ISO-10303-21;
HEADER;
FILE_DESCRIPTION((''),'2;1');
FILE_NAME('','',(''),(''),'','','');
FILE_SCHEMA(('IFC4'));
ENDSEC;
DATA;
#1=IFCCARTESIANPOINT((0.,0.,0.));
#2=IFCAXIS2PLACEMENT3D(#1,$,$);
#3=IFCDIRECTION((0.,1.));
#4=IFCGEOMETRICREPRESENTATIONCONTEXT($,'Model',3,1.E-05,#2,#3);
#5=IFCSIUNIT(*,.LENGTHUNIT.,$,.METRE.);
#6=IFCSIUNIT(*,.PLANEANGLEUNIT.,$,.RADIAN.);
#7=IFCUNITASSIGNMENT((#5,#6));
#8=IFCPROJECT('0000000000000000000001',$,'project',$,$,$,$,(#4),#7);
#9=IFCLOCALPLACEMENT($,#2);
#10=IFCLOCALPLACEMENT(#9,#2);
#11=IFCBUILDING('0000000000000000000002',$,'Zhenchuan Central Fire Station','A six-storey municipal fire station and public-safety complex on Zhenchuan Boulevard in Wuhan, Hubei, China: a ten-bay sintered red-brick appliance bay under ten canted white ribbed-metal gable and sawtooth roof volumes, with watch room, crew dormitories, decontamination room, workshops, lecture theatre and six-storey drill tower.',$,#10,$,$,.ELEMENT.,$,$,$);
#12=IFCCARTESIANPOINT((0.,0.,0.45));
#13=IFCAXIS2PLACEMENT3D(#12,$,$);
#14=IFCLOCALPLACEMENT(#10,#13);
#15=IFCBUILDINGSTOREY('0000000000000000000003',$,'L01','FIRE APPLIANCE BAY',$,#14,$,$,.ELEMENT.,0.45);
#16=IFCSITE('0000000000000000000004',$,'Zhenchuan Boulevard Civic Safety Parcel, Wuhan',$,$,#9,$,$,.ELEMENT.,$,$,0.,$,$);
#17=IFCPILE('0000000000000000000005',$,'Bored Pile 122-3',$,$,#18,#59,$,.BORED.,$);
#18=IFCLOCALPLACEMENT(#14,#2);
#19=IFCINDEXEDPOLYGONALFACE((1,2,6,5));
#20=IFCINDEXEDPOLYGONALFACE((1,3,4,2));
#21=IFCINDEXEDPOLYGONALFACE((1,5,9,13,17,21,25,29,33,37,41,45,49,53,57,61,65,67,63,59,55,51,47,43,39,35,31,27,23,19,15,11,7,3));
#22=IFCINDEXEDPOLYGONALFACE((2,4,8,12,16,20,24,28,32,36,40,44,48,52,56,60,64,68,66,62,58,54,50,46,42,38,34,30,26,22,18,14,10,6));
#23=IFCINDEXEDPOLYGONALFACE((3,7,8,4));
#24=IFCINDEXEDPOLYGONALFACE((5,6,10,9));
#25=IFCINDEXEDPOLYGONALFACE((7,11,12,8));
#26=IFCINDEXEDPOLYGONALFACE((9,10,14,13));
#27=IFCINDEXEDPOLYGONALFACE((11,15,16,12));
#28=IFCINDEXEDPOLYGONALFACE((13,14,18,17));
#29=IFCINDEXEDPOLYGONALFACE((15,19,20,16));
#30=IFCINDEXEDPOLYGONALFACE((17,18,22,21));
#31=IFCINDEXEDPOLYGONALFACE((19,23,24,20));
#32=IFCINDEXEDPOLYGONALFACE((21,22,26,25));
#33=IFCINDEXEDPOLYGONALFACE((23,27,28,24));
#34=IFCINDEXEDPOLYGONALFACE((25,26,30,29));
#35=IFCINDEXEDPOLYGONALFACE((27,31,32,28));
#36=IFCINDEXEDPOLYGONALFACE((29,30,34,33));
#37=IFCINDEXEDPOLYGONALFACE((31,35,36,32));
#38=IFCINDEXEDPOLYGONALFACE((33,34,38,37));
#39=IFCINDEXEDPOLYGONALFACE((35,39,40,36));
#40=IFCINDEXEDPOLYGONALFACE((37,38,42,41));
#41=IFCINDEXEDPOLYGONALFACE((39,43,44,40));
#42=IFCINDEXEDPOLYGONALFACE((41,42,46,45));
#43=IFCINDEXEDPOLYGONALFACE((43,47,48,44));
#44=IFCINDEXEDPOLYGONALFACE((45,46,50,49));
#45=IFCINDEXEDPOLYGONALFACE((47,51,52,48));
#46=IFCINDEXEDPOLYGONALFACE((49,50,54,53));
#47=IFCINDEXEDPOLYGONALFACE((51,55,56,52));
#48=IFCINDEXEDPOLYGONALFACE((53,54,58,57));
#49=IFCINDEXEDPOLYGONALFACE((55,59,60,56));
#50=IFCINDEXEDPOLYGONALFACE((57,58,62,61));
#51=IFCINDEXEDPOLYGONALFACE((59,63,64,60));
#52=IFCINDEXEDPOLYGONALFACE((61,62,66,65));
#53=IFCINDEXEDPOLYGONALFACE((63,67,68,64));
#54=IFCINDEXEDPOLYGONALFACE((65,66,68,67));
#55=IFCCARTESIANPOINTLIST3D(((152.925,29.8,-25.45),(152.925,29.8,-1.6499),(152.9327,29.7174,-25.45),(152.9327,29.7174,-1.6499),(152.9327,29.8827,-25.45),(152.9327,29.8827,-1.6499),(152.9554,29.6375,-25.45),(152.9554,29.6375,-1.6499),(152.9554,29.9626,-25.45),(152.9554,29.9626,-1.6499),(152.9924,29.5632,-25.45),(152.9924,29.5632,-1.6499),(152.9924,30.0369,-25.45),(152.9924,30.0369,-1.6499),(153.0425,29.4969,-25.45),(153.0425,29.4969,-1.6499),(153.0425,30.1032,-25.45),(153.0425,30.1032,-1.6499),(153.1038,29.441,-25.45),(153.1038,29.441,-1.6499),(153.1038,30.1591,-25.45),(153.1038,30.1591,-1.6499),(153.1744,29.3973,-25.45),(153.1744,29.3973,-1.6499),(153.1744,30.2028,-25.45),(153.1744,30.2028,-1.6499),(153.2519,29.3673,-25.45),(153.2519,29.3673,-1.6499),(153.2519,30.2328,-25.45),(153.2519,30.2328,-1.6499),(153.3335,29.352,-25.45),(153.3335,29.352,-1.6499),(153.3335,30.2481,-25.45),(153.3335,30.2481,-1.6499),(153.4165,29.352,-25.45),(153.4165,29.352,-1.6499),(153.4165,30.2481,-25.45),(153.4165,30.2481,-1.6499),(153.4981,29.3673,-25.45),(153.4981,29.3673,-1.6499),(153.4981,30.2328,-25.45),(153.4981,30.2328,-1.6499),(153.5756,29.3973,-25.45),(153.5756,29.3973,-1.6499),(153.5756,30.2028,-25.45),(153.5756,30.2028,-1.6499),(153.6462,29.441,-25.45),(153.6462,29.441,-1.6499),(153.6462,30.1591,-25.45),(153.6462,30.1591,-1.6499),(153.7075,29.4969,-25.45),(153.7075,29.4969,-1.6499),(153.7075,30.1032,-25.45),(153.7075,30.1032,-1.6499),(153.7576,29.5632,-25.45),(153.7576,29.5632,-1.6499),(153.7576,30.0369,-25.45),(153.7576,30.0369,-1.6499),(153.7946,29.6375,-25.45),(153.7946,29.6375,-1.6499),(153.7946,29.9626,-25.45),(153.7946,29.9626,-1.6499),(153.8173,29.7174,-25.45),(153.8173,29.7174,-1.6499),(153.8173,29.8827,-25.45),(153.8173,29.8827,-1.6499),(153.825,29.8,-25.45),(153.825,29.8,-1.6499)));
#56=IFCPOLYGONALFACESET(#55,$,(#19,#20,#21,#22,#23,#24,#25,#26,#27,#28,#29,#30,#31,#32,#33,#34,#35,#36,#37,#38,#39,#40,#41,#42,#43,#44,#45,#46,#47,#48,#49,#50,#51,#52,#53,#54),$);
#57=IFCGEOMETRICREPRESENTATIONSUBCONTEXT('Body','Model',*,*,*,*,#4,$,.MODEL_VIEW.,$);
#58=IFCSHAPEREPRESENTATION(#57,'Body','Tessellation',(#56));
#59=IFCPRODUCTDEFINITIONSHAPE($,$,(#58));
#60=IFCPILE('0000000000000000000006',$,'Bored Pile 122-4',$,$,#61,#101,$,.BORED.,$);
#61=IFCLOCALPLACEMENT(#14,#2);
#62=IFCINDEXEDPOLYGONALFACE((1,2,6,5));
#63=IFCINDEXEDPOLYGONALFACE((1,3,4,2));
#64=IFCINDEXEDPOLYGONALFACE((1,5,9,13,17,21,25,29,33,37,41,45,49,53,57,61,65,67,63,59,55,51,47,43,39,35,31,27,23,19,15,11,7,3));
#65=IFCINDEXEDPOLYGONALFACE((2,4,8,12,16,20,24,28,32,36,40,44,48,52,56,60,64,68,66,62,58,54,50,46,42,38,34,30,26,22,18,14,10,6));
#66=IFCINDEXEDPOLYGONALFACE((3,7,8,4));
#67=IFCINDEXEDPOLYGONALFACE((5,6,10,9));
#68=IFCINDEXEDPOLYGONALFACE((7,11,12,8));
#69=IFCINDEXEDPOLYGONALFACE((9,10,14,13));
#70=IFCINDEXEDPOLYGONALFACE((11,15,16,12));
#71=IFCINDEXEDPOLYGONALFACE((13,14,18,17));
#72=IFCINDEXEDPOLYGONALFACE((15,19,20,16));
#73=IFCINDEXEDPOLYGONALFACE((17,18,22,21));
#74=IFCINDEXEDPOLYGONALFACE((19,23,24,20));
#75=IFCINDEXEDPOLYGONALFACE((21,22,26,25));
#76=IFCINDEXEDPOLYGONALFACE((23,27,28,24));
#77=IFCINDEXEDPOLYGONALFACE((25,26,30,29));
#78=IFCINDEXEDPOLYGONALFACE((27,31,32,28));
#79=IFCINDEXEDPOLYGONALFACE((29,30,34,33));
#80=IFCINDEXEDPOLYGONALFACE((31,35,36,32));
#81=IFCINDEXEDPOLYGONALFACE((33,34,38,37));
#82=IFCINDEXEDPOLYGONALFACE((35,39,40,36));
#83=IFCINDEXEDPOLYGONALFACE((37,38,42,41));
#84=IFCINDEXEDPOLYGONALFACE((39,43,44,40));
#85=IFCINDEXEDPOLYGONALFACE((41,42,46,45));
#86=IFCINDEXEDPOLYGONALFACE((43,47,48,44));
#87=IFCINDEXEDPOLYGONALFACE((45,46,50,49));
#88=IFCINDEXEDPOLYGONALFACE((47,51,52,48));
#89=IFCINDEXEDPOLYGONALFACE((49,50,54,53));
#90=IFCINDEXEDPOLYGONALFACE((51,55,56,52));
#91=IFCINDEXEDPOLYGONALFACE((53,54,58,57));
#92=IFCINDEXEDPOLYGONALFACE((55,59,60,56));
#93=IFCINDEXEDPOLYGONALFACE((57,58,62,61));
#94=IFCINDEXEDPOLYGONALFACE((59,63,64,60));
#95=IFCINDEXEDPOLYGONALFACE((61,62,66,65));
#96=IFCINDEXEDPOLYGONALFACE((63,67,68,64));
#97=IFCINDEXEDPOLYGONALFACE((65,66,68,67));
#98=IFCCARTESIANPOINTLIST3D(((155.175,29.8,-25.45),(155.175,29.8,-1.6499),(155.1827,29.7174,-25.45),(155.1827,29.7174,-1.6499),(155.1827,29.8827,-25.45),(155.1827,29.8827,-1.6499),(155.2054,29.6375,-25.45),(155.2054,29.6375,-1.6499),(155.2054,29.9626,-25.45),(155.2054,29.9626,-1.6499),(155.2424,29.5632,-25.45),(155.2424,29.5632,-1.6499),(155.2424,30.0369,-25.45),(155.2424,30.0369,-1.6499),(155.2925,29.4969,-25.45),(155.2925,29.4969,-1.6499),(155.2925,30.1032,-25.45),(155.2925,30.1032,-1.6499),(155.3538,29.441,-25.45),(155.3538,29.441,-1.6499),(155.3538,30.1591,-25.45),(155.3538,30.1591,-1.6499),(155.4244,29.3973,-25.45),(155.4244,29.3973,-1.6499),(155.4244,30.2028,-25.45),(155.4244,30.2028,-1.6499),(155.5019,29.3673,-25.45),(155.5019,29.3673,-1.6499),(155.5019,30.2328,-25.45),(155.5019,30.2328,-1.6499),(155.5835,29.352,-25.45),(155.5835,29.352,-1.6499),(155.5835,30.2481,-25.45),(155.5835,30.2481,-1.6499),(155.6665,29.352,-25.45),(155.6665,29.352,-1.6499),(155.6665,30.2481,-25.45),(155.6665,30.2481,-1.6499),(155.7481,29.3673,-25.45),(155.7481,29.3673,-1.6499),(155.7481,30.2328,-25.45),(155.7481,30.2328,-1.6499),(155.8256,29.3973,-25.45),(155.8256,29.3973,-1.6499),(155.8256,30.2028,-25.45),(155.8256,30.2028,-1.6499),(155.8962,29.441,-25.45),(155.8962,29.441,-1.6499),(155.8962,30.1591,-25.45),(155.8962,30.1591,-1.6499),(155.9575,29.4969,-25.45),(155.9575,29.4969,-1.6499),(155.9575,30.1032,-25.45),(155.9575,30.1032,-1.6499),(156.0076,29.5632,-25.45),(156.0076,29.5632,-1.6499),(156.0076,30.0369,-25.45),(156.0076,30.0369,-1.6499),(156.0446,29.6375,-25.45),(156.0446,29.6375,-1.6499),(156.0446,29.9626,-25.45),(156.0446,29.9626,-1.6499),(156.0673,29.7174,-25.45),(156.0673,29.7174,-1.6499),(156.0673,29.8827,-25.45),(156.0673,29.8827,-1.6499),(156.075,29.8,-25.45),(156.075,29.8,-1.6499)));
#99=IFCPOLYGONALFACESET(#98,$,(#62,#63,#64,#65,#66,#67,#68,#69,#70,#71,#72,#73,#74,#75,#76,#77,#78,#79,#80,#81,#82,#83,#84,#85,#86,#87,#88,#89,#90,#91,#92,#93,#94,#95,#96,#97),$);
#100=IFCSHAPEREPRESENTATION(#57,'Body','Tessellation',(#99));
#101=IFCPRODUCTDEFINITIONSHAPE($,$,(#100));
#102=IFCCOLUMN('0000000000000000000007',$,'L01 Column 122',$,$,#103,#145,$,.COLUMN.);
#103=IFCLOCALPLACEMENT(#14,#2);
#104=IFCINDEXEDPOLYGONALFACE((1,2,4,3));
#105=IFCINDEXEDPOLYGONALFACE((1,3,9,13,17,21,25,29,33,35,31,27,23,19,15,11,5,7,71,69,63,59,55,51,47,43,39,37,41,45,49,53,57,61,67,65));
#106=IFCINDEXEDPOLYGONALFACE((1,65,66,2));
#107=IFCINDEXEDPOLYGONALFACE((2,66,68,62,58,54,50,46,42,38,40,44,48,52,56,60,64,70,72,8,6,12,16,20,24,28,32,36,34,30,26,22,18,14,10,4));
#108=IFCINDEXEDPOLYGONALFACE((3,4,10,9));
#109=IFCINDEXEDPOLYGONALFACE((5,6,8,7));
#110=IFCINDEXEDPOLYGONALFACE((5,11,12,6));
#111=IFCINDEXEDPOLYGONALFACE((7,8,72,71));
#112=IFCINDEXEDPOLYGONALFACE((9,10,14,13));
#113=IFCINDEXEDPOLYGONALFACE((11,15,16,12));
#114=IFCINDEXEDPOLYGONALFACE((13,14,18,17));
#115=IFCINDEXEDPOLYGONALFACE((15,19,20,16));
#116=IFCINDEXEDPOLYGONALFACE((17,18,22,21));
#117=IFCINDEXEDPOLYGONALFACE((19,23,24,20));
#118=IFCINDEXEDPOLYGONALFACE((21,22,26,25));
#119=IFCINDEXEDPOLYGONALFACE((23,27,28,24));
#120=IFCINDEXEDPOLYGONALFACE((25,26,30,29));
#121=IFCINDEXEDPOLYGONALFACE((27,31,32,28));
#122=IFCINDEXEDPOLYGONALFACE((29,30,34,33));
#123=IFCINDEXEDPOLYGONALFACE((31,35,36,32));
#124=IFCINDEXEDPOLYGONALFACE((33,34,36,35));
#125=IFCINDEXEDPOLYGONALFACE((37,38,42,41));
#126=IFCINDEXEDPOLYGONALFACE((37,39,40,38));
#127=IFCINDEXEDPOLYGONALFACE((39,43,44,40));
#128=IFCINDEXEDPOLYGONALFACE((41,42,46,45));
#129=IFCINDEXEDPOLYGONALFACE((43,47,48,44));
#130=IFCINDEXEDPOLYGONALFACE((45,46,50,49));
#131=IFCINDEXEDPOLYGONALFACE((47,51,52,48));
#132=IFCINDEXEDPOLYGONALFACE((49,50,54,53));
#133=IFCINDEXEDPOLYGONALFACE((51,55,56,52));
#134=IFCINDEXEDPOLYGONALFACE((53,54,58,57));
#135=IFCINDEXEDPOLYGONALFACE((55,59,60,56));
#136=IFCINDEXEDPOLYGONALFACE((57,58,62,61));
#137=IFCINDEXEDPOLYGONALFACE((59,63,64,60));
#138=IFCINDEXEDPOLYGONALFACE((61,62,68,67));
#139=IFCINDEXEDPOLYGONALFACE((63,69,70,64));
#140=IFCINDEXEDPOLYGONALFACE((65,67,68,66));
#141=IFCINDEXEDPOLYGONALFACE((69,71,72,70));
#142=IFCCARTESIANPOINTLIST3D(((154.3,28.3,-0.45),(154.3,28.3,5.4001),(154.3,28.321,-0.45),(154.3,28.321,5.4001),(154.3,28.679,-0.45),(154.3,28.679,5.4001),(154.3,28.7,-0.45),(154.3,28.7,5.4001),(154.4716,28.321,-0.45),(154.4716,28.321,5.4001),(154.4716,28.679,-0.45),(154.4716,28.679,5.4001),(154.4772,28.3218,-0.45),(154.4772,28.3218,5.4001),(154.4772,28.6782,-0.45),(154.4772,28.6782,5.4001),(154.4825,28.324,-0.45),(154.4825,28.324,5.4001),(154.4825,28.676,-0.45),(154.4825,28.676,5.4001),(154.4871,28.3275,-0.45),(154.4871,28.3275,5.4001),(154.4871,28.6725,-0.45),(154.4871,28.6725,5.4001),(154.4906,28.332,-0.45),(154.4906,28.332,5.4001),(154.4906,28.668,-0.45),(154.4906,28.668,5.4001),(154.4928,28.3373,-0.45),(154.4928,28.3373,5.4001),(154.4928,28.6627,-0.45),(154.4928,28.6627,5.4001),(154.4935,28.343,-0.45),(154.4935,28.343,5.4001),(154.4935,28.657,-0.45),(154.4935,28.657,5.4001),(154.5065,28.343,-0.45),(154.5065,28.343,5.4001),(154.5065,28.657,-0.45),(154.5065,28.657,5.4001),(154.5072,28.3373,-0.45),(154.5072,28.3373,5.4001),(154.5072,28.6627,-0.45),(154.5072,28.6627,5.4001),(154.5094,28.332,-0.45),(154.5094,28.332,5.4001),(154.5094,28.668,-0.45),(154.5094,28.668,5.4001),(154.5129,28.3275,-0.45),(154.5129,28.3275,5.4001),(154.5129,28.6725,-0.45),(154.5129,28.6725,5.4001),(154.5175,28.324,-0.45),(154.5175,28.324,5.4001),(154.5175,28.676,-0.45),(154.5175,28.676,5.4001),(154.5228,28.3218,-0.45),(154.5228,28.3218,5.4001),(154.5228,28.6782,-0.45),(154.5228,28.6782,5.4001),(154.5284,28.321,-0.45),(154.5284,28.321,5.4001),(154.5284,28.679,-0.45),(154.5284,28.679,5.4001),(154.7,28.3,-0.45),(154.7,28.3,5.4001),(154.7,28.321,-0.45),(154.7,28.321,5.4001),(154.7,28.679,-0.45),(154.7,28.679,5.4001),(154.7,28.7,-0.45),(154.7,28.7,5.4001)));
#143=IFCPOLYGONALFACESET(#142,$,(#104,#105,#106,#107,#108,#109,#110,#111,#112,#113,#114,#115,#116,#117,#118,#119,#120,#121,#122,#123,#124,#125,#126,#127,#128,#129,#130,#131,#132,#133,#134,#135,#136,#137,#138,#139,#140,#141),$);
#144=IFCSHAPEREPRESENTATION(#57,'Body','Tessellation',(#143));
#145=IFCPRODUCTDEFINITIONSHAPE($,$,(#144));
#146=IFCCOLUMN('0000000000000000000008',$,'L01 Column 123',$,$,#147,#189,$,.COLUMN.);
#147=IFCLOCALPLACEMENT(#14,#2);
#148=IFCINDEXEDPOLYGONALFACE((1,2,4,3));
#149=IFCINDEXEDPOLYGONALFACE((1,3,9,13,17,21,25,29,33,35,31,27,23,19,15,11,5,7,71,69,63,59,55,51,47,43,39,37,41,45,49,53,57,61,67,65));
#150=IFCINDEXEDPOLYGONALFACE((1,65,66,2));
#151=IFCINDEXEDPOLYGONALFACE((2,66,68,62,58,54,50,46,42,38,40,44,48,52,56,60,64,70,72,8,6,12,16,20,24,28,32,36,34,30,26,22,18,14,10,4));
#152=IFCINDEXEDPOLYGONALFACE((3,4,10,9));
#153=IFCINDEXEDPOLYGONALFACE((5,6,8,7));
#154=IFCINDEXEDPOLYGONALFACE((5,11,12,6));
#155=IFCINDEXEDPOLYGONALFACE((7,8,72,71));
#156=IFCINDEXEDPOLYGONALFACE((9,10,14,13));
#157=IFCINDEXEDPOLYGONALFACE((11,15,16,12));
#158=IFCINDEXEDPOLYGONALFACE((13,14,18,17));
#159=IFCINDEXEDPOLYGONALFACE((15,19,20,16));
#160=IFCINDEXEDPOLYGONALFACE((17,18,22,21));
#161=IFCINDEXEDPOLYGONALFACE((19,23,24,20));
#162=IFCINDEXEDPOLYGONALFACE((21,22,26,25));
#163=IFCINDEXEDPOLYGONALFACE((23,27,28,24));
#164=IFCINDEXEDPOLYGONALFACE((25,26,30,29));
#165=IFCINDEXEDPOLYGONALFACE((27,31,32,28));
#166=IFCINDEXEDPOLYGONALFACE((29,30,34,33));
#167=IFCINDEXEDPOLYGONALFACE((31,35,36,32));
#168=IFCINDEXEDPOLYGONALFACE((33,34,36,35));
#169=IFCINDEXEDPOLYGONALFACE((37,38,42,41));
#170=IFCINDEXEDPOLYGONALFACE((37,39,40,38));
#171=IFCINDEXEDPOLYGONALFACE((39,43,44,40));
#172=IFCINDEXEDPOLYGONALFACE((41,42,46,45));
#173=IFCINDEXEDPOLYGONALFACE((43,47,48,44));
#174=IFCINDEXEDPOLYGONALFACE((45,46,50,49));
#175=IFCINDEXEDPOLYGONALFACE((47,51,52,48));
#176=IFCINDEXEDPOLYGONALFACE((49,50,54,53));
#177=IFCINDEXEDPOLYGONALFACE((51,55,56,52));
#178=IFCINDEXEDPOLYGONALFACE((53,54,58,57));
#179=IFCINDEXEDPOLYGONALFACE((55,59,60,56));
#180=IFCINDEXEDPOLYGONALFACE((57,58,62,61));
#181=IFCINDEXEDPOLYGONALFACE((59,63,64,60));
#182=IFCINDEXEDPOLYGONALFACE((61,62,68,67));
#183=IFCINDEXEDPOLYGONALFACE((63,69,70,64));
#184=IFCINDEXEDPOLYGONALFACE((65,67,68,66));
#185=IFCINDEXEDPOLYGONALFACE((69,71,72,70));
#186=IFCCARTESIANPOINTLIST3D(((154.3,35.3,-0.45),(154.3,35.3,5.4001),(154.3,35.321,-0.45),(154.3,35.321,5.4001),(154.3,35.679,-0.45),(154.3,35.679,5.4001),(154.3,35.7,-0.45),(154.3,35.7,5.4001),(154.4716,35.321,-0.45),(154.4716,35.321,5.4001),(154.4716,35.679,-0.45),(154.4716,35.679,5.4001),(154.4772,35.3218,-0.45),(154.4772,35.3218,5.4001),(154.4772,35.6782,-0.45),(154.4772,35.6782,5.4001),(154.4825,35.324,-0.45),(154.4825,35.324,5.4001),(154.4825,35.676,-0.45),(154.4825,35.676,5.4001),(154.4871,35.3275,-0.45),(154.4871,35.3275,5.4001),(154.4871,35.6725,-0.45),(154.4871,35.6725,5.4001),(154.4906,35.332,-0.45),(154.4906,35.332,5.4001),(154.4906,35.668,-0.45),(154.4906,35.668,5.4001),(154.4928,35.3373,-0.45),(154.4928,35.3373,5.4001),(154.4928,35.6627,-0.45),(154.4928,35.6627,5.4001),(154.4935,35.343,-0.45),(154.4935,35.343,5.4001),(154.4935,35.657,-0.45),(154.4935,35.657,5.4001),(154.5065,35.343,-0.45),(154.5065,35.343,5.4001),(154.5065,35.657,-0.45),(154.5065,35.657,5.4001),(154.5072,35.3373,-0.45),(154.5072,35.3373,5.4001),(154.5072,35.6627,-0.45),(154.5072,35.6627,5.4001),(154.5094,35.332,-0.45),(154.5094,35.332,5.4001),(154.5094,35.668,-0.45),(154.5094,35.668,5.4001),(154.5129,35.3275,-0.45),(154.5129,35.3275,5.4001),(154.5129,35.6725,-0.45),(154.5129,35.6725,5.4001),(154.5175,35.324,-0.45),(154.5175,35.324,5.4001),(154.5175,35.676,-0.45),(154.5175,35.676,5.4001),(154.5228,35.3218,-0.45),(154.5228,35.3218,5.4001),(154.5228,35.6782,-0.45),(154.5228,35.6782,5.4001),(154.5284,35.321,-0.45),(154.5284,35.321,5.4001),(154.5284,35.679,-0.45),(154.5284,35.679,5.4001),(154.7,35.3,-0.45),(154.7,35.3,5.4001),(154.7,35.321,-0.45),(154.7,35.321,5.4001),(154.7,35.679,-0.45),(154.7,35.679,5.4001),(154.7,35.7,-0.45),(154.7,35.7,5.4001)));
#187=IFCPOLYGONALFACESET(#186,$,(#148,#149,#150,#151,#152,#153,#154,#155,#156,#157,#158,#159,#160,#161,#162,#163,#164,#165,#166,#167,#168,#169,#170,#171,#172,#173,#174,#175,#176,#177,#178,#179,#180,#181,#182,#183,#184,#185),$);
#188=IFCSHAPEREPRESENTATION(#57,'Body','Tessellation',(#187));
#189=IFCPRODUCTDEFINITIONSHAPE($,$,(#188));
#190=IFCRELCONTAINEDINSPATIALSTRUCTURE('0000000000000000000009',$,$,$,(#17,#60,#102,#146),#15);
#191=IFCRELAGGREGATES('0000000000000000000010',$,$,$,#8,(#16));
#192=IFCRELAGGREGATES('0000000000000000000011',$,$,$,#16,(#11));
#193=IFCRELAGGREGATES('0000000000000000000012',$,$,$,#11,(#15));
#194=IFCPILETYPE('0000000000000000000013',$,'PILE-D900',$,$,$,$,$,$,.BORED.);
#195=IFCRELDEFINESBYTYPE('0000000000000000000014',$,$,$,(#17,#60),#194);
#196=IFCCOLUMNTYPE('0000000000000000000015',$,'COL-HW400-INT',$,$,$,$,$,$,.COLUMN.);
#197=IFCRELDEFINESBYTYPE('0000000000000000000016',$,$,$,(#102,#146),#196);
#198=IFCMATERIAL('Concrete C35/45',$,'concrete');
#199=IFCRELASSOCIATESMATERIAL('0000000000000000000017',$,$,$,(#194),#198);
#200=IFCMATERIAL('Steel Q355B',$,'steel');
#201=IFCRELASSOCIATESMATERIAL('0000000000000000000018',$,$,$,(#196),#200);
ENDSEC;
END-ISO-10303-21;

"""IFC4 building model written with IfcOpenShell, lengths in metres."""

from ifc_helpers import new_model, si_unit, direction, frame, origin, origin_2d, place, context, subcontext, project, spatial, circle, i_section, extrude, material, material_profile, profile_set, type_object, element, save


model = new_model("IFC4")

# Units and contexts
model_context = context("Model", 3, precision=1e-05, world=origin(), true_north=direction((0.0, 1.0)))
body_context = subcontext(model_context, "Body", "Model", "MODEL_VIEW")
ifc_project = project(units=[si_unit("LENGTHUNIT", "METRE"), si_unit("PLANEANGLEUNIT", "RADIAN")], contexts=[model_context])

# Site, building, storey
site_placement = place(None, origin())
site = spatial("IfcSite", under=ifc_project, at=site_placement, Name="Zhenchuan Boulevard Civic Safety Parcel, Wuhan", CompositionType="ELEMENT", RefElevation=0.0)
building_placement = place(site_placement, origin())
building = spatial("IfcBuilding", under=site, at=building_placement, Name="Zhenchuan Central Fire Station", Description="A six-storey municipal fire station and public-safety complex on Zhenchuan Boulevard in Wuhan, Hubei, China: a ten-bay sintered red-brick appliance bay under ten canted white ribbed-metal gable and sawtooth roof volumes, with watch room, crew dormitories, decontamination room, workshops, lecture theatre and six-storey drill tower.", CompositionType="ELEMENT")
storey_placement = place(building_placement, frame((0.0, 0.0, 0.45)))
storey = spatial("IfcBuildingStorey", under=building, at=storey_placement, Name="L01", Description="FIRE APPLIANCE BAY", CompositionType="ELEMENT", Elevation=0.45)

# Piles
ifc_material_1 = material(Name="Concrete C35/45", Category="concrete")
ifc_material_profile_1 = material_profile(ifc_material_1, circle(Radius=0.45, at=origin_2d()), Name="PILE D900")
ifc_profile_set_1 = profile_set([ifc_material_profile_1], Name="Concrete C35/45")
pile_type_1 = type_object("IfcPileType", Name="PILE-D900", PredefinedType="BORED", material=ifc_profile_set_1)
for number, where, z_axis, x_axis, name in (
    (1, (153.375, 29.8, -1.6499), (0.0, 0.0, -1.0), (1.0, 0.0, 0.0), "Bored Pile 122-3"),
    (2, (155.625, 29.8, -1.6499), (0.0, 0.0, -1.0), (1.0, 0.0, 0.0), "Bored Pile 122-4"),
):
    element("IfcPile", number, at=place(storey_placement, frame(where, z_axis=z_axis, x_axis=x_axis)), inside=storey, type_object=pile_type_1, Name=name, PredefinedType="BORED", context=body_context, shape_type="SweptSolid", body=[
        extrude(circle(Radius=0.45, at=origin_2d()), origin(), (0.0, 0.0, 1.0), 23.8),
    ])

# Columns
ifc_material_2 = material(Name="Steel Q355B", Category="steel")
ifc_material_profile_2 = material_profile(ifc_material_2, i_section(OverallWidth=0.3999, OverallDepth=0.3999, WebThickness=0.0129, FlangeThickness=0.021, FilletRadius=0.022, at=origin_2d()), Name="HW 400x400")
ifc_profile_set_2 = profile_set([ifc_material_profile_2], Name="Steel Q355B")
column_type = type_object("IfcColumnType", Name="COL-HW400-INT", PredefinedType="COLUMN", material=ifc_profile_set_2)
for number, where, z_axis, x_axis, name in (
    (3, (154.5, 28.5, -0.45), (0.0, 0.0, 1.0), (1.0, 0.0, 0.0), "L01 Column 122"),
    (4, (154.5, 35.5, -0.45), (0.0, 0.0, 1.0), (1.0, 0.0, 0.0), "L01 Column 123"),
):
    element("IfcColumn", number, at=place(storey_placement, frame(where, z_axis=z_axis, x_axis=x_axis)), inside=storey, type_object=column_type, Name=name, PredefinedType="COLUMN", context=body_context, shape_type="SweptSolid", body=[
        extrude(i_section(OverallWidth=0.3999, OverallDepth=0.3999, WebThickness=0.0129, FlangeThickness=0.021, FilletRadius=0.022, at=origin_2d()), origin(), (0.0, 0.0, 1.0), 5.8501),
    ])

save(model, "model.ifc")
